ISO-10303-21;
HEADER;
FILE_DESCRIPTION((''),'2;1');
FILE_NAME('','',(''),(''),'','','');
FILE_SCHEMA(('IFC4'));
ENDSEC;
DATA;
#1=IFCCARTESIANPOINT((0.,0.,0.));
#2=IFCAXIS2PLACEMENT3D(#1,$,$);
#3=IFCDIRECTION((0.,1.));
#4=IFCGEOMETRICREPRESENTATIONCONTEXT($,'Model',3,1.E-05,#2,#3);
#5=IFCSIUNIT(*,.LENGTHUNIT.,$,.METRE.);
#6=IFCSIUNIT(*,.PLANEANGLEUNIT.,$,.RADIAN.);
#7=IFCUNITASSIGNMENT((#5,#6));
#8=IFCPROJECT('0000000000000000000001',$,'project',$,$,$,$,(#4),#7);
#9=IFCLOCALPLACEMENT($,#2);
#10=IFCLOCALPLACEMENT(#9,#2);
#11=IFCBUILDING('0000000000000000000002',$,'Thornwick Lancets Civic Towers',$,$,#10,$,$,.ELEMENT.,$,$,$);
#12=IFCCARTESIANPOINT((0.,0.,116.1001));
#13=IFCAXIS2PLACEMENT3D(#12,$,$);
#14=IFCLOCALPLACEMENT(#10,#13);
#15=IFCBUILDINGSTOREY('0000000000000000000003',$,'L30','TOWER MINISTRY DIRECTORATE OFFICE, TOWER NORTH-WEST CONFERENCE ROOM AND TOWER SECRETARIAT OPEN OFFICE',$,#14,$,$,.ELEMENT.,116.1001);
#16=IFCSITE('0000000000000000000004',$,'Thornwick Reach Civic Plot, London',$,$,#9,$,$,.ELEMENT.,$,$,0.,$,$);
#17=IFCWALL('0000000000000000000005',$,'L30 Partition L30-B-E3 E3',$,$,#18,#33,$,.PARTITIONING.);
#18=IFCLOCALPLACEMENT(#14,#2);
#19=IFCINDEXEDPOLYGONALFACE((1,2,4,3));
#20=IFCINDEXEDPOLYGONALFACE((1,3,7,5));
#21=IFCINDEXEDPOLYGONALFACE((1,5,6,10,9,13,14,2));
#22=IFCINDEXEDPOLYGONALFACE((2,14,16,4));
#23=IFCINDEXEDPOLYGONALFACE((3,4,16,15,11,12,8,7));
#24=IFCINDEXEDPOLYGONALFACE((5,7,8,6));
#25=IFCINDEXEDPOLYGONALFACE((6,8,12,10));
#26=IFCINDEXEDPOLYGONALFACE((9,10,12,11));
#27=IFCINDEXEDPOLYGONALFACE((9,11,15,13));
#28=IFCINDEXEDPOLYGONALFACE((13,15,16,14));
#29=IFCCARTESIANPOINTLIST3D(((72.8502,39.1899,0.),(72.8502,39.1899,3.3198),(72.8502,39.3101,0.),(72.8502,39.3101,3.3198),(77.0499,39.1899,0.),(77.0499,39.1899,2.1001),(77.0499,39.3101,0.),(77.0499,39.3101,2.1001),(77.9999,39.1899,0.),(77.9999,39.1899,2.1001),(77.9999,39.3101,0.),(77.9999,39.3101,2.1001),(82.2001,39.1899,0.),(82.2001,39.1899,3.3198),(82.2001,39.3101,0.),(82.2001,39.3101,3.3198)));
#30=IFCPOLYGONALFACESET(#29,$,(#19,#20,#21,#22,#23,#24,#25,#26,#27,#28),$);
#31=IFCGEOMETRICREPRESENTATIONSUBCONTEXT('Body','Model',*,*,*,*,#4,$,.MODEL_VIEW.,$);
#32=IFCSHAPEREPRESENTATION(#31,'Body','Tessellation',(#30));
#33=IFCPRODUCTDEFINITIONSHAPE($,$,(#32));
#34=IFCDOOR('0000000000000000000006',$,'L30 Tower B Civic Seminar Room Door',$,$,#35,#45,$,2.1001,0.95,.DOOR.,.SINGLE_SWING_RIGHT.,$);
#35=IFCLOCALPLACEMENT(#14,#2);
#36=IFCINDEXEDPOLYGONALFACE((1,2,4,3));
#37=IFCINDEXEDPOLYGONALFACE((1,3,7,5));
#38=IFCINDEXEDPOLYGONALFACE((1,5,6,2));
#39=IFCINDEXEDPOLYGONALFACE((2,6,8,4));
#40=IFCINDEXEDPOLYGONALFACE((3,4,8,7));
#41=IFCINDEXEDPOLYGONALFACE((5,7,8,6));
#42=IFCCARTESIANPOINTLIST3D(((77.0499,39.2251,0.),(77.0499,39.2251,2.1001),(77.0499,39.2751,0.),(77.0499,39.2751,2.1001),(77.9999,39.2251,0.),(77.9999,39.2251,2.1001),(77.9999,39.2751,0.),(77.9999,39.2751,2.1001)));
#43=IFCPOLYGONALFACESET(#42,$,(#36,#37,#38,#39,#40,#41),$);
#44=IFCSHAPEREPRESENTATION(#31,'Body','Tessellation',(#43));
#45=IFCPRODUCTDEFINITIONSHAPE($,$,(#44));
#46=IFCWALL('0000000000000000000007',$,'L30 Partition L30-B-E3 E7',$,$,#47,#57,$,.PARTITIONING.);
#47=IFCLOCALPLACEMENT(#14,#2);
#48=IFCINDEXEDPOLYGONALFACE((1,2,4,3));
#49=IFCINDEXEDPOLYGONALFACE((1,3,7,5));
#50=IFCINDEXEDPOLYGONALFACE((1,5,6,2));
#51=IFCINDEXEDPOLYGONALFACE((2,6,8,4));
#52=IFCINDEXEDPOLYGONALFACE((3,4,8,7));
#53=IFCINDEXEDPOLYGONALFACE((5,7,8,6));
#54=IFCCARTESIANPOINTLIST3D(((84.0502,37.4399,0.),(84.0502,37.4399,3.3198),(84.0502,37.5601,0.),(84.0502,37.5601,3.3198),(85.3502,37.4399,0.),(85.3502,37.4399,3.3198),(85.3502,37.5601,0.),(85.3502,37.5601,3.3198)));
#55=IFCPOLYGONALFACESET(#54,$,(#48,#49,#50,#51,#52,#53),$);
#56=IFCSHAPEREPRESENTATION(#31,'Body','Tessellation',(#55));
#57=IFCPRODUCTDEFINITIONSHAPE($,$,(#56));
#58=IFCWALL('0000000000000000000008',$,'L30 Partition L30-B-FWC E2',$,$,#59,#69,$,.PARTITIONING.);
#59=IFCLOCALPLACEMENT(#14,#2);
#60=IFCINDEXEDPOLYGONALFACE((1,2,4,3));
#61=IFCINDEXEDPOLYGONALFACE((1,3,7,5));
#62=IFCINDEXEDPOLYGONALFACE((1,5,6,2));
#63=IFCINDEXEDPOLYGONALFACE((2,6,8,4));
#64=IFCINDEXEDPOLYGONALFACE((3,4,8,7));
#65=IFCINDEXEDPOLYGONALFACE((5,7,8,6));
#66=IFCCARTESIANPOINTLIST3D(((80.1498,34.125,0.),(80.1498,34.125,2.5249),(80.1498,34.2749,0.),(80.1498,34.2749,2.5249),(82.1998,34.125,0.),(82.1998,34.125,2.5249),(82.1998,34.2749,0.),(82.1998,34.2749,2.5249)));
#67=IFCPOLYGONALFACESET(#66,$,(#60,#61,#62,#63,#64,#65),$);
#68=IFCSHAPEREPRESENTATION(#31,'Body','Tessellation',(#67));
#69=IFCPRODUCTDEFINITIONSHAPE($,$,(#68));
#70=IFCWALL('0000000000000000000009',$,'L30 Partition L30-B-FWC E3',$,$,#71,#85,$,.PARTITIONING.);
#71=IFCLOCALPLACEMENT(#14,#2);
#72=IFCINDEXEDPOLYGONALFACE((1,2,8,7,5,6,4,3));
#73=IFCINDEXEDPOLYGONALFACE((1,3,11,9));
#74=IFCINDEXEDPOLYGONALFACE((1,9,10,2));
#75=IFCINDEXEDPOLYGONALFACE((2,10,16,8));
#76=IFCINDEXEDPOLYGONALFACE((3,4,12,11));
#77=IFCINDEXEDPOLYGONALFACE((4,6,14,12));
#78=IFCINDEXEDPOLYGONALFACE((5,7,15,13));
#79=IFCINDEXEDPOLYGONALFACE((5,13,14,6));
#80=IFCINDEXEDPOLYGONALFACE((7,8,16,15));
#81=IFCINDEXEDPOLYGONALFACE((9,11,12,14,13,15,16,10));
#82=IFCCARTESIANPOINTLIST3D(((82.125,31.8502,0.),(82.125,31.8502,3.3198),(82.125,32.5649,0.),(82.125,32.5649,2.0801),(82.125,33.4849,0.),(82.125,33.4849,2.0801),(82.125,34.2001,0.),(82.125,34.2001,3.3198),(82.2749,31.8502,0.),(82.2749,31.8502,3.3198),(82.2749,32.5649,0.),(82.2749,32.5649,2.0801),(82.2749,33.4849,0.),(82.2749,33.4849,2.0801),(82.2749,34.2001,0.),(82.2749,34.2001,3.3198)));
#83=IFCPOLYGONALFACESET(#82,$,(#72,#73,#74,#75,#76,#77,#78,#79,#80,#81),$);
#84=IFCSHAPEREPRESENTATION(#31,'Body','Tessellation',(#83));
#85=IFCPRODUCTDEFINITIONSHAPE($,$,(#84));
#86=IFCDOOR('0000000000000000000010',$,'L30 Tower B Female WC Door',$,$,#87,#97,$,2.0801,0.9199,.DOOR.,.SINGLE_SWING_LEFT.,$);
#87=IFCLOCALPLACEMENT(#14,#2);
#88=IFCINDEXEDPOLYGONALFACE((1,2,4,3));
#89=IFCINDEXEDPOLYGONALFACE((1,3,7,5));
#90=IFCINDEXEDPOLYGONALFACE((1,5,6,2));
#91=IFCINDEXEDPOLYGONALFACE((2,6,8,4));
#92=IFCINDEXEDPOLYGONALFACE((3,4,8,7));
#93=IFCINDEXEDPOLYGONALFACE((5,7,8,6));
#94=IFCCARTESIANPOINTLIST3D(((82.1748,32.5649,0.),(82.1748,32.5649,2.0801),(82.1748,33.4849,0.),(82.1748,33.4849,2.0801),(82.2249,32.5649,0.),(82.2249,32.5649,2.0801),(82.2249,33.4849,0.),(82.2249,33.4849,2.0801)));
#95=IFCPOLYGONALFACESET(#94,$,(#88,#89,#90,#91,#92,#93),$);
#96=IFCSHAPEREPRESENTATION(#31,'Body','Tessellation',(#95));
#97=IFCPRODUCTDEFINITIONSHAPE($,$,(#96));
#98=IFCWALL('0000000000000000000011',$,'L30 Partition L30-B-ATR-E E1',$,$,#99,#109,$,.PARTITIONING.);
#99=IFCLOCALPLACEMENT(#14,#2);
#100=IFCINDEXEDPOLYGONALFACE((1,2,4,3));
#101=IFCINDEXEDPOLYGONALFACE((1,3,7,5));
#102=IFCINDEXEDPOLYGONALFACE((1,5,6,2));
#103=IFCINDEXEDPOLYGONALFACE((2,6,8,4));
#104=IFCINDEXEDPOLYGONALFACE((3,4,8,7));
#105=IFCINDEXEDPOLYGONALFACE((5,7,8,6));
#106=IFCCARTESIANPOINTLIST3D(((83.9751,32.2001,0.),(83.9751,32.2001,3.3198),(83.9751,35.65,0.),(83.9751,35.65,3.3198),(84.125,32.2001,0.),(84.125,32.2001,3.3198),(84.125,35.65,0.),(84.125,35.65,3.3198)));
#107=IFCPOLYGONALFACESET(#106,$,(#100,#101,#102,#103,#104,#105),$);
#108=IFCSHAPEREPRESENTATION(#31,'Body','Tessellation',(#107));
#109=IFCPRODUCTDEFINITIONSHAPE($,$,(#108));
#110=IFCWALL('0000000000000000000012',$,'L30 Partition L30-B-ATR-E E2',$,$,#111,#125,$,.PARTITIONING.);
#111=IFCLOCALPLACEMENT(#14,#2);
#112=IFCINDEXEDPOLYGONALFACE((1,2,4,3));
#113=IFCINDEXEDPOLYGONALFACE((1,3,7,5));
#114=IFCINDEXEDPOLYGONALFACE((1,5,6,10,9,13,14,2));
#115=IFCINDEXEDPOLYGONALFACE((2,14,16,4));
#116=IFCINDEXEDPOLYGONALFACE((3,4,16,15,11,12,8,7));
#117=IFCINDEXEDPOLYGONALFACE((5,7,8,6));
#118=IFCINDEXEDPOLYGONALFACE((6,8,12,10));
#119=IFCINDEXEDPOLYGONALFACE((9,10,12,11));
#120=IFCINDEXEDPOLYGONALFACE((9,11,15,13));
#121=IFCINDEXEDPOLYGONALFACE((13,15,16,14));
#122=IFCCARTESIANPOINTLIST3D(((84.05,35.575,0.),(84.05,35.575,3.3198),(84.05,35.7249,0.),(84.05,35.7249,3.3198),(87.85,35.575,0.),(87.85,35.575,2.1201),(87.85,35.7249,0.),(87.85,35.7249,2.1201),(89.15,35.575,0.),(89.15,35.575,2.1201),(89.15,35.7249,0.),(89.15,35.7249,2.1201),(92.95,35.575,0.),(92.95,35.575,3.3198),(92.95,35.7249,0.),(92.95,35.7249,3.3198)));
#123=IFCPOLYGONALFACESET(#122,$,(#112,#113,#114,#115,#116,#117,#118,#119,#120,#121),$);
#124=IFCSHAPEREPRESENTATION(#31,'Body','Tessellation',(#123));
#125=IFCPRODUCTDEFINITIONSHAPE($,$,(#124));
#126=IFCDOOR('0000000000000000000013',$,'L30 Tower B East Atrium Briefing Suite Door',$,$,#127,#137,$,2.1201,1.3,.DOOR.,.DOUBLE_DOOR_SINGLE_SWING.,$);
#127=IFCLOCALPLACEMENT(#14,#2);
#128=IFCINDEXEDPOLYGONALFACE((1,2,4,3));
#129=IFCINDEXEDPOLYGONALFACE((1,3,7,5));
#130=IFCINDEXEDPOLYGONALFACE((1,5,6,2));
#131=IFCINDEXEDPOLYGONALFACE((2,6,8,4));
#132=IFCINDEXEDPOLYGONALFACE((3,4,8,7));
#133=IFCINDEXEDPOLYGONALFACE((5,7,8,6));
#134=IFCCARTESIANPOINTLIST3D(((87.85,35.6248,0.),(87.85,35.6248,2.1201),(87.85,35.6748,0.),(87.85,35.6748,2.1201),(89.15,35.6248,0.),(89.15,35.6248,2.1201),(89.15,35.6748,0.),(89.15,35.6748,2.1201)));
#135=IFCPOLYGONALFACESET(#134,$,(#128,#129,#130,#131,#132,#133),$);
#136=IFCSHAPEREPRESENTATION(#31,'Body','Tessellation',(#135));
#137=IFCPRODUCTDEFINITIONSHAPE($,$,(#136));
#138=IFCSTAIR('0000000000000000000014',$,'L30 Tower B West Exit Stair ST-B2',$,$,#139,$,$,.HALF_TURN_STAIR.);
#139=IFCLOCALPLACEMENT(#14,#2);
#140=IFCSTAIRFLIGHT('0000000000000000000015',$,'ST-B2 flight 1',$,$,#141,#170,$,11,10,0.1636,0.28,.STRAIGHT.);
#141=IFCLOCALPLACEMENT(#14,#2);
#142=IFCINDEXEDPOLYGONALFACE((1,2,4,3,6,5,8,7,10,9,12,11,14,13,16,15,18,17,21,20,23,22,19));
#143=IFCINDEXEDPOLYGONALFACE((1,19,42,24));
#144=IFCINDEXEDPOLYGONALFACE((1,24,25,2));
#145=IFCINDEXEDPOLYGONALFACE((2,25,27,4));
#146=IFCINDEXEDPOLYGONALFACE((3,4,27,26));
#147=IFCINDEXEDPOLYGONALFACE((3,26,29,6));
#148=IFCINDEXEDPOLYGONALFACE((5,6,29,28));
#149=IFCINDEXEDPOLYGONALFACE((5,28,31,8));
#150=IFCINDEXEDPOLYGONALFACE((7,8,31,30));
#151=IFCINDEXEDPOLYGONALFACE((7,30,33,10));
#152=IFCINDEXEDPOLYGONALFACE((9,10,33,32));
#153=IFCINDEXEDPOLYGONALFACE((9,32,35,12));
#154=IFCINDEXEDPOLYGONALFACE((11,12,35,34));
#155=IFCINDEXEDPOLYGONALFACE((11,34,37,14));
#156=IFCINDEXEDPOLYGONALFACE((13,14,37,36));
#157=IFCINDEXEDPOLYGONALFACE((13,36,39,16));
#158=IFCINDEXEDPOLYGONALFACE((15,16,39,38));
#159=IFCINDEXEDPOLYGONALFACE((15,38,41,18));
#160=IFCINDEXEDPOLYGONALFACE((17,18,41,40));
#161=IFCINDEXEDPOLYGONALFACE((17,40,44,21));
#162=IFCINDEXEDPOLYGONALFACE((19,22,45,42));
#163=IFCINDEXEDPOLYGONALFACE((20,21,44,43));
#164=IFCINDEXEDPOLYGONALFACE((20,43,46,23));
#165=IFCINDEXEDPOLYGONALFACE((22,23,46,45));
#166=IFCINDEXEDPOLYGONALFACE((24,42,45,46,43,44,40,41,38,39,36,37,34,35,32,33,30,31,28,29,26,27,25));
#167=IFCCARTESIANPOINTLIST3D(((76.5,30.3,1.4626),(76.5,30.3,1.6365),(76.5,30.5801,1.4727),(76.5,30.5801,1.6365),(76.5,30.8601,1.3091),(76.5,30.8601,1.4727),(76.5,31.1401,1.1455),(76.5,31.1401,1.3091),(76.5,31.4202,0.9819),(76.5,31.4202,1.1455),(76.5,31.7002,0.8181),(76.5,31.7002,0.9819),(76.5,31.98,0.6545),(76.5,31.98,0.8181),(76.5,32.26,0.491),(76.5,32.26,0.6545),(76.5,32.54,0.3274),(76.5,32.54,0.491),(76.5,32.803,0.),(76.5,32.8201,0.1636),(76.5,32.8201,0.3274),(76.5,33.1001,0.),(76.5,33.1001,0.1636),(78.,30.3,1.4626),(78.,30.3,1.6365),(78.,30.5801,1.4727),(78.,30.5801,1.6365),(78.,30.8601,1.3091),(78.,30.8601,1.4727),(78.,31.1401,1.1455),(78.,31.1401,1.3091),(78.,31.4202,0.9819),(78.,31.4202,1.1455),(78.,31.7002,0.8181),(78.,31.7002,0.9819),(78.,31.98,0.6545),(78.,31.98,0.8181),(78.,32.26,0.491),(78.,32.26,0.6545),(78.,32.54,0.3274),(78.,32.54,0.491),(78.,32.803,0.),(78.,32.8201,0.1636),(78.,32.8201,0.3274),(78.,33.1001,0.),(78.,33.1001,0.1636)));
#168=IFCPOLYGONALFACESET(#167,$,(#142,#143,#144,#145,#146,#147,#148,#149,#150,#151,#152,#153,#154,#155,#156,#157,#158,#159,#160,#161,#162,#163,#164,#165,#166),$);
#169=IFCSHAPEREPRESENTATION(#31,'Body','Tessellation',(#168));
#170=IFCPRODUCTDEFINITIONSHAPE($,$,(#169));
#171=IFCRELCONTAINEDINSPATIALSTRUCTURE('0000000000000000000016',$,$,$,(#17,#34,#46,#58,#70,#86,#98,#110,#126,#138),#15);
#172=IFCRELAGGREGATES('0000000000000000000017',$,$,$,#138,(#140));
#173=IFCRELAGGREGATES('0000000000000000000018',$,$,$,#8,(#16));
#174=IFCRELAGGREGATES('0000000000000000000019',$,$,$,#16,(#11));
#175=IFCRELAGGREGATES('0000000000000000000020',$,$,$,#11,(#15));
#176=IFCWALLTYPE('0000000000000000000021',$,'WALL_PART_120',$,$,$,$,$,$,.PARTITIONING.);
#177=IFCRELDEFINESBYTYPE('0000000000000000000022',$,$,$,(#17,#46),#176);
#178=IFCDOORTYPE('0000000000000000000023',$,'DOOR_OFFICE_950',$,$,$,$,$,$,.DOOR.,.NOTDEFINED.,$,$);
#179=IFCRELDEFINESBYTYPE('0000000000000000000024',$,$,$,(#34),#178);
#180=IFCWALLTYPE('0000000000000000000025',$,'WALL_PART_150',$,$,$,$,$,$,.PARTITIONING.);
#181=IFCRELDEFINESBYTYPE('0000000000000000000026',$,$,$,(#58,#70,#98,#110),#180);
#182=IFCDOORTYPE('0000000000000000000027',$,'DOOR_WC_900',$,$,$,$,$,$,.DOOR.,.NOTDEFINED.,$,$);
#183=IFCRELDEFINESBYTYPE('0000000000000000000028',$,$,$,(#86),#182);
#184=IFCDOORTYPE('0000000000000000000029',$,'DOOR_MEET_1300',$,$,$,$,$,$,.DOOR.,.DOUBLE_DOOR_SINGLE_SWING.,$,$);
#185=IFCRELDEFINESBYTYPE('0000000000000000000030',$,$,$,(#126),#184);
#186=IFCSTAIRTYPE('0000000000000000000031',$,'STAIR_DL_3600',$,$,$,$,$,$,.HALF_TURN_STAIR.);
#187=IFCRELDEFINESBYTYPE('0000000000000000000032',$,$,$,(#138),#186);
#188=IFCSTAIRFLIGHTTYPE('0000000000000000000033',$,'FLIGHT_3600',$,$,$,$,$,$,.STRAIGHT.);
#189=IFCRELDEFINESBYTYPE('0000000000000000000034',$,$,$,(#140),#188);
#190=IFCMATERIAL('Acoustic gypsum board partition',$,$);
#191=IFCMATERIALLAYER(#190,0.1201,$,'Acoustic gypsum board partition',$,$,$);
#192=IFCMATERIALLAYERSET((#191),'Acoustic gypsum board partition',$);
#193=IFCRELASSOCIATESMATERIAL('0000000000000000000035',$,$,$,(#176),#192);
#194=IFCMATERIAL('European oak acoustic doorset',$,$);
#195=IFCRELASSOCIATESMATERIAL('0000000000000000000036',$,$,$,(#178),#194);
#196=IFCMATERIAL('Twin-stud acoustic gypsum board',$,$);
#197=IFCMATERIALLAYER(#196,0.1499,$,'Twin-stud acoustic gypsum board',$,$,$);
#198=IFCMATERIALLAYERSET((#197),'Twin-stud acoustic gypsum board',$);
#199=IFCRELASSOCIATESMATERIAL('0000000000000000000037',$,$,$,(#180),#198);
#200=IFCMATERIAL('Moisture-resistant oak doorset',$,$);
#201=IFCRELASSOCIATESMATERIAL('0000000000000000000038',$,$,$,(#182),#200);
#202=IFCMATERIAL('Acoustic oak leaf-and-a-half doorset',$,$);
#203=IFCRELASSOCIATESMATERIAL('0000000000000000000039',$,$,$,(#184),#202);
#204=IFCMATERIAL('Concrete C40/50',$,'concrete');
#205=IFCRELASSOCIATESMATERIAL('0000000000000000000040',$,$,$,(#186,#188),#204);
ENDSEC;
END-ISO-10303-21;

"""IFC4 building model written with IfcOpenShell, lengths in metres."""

from ifc_helpers import new_model, si_unit, direction, frame, frame_2d, origin, place, context, subcontext, project, spatial, polyline, rectangle, outline, extrude, material, layer, layer_set, type_object, element, fill, aggregate, save


model = new_model("IFC4")

# Units and contexts
model_context = context("Model", 3, precision=1e-05, world=origin(), true_north=direction((0.0, 1.0)))
body_context = subcontext(model_context, "Body", "Model", "MODEL_VIEW")
ifc_project = project(units=[si_unit("LENGTHUNIT", "METRE"), si_unit("PLANEANGLEUNIT", "RADIAN")], contexts=[model_context])

# Site, building, storey
site_placement = place(None, origin())
site = spatial("IfcSite", under=ifc_project, at=site_placement, Name="Thornwick Reach Civic Plot, London", CompositionType="ELEMENT", RefElevation=0.0)
building_placement = place(site_placement, origin())
building = spatial("IfcBuilding", under=site, at=building_placement, Name="Thornwick Lancets Civic Towers", CompositionType="ELEMENT")
storey_placement = place(building_placement, frame((0.0, 0.0, 116.1001)))
storey = spatial("IfcBuildingStorey", under=building, at=storey_placement, Name="L30", Description="TOWER MINISTRY DIRECTORATE OFFICE, TOWER NORTH-WEST CONFERENCE ROOM AND TOWER SECRETARIAT OPEN OFFICE", CompositionType="ELEMENT", Elevation=116.1001)

# Shared definitions
ifc_material_1 = material(Name="Acoustic gypsum board partition")
ifc_layer_1 = layer(ifc_material_1, 0.1201, Name="Acoustic gypsum board partition")
ifc_layer_set_1 = layer_set([ifc_layer_1], Name="Acoustic gypsum board partition")
wall_type_1 = type_object("IfcWallType", Name="WALL_PART_120", PredefinedType="PARTITIONING", material=ifc_layer_set_1)

# Wall, opening, door
wall_1_placement = place(storey_placement, frame((82.2, 39.25, 0.0), z_axis=(0.0, 0.0, 1.0), x_axis=(-1.0, 0.0, 0.0)))
wall_1 = element("IfcWall", 1, at=wall_1_placement, inside=storey, type_object=wall_type_1, Name="L30 Partition L30-B-E3 E3", PredefinedType="PARTITIONING", context=body_context, shape_type="SweptSolid", body=[
    extrude(rectangle(XDim=9.3499, YDim=0.1201, at=frame_2d((4.6748, 0.0))), origin(), (0.0, 0.0, 1.0), 3.3198),
])
opening_1_placement = place(wall_1_placement, frame((4.2, 0.0, 0.0)))
opening_1 = element("IfcOpeningElement", 2, at=opening_1_placement, cuts=wall_1, PredefinedType="OPENING", context=body_context, shape_type="SweptSolid", body=[
    extrude(rectangle(XDim=0.95, YDim=2.1001, at=frame_2d((0.4751, 1.05))), frame((0.0, 0.0701, 0.0), z_axis=(0.0, -1.0, 0.0), x_axis=(1.0, 0.0, 0.0)), (0.0, 0.0, 1.0), 0.1401),
])
ifc_material_2 = material(Name="European oak acoustic doorset")
door_type_1 = type_object("IfcDoorType", Name="DOOR_OFFICE_950", OperationType="NOTDEFINED", PredefinedType="DOOR", material=ifc_material_2)
door_1_placement = place(opening_1_placement, origin())
door_1 = element("IfcDoor", 3, at=door_1_placement, inside=storey, type_object=door_type_1, Name="L30 Tower B Civic Seminar Room Door", OperationType="SINGLE_SWING_RIGHT", OverallHeight=2.1001, OverallWidth=0.95, PredefinedType="DOOR", context=body_context, shape_type="SweptSolid", body=[
    extrude(rectangle(XDim=0.95, YDim=2.1001, at=frame_2d((0.4751, 1.05))), frame((0.0, 0.0249, 0.0), z_axis=(0.0, -1.0, 0.0), x_axis=(1.0, 0.0, 0.0)), (0.0, 0.0, 1.0), 0.05),
])
fill(opening_1, door_1)

# Walls
wall_2_placement = place(storey_placement, frame((85.3501, 37.5, 0.0), z_axis=(0.0, 0.0, 1.0), x_axis=(-1.0, 0.0, 0.0)))
element("IfcWall", 4, at=wall_2_placement, inside=storey, type_object=wall_type_1, Name="L30 Partition L30-B-E3 E7", PredefinedType="PARTITIONING", context=body_context, shape_type="SweptSolid", body=[
    extrude(rectangle(XDim=1.3, YDim=0.1201, at=frame_2d((0.6499, 0.0))), origin(), (0.0, 0.0, 1.0), 3.3198),
])
ifc_material_3 = material(Name="Twin-stud acoustic gypsum board")
ifc_layer_2 = layer(ifc_material_3, 0.1499, Name="Twin-stud acoustic gypsum board")
ifc_layer_set_2 = layer_set([ifc_layer_2], Name="Twin-stud acoustic gypsum board")
wall_type_2 = type_object("IfcWallType", Name="WALL_PART_150", PredefinedType="PARTITIONING", material=ifc_layer_set_2)
wall_3_placement = place(storey_placement, frame((80.1499, 34.2, 0.0), z_axis=(0.0, 0.0, 1.0), x_axis=(1.0, 0.0, 0.0)))
element("IfcWall", 5, at=wall_3_placement, inside=storey, type_object=wall_type_2, Name="L30 Partition L30-B-FWC E2", PredefinedType="PARTITIONING", context=body_context, shape_type="SweptSolid", body=[
    extrude(rectangle(XDim=2.05, YDim=0.1499, at=frame_2d((1.0249, 0.0))), origin(), (0.0, 0.0, 1.0), 2.5249),
])

# Wall, opening, door
wall_4_placement = place(storey_placement, frame((82.2, 34.2, 0.0), z_axis=(0.0, 0.0, 1.0), x_axis=(0.0, -1.0, 0.0)))
wall_4 = element("IfcWall", 6, at=wall_4_placement, inside=storey, type_object=wall_type_2, Name="L30 Partition L30-B-FWC E3", PredefinedType="PARTITIONING", context=body_context, shape_type="SweptSolid", body=[
    extrude(rectangle(XDim=2.3499, YDim=0.1499, at=frame_2d((1.1748, 0.0))), origin(), (0.0, 0.0, 1.0), 3.3198),
])
opening_2_placement = place(wall_4_placement, frame((0.7151, 0.0, 0.0)))
opening_2 = element("IfcOpeningElement", 7, at=opening_2_placement, cuts=wall_4, PredefinedType="OPENING", context=body_context, shape_type="SweptSolid", body=[
    extrude(rectangle(XDim=0.9199, YDim=2.0801, at=frame_2d((0.46, 1.04))), frame((0.0, 0.085, 0.0), z_axis=(0.0, -1.0, 0.0), x_axis=(1.0, 0.0, 0.0)), (0.0, 0.0, 1.0), 0.1699),
])
ifc_material_4 = material(Name="Moisture-resistant oak doorset")
door_type_2 = type_object("IfcDoorType", Name="DOOR_WC_900", OperationType="NOTDEFINED", PredefinedType="DOOR", material=ifc_material_4)
door_2_placement = place(opening_2_placement, origin())
door_2 = element("IfcDoor", 8, at=door_2_placement, inside=storey, type_object=door_type_2, Name="L30 Tower B Female WC Door", OperationType="SINGLE_SWING_LEFT", OverallHeight=2.0801, OverallWidth=0.9199, PredefinedType="DOOR", context=body_context, shape_type="SweptSolid", body=[
    extrude(rectangle(XDim=0.9199, YDim=2.0801, at=frame_2d((0.46, 1.04))), frame((0.0, 0.0249, 0.0), z_axis=(0.0, -1.0, 0.0), x_axis=(1.0, 0.0, 0.0)), (0.0, 0.0, 1.0), 0.05),
])
fill(opening_2, door_2)

# Wall
wall_5_placement = place(storey_placement, frame((84.05, 32.2, 0.0), z_axis=(0.0, 0.0, 1.0), x_axis=(0.0, 1.0, 0.0)))
element("IfcWall", 9, at=wall_5_placement, inside=storey, type_object=wall_type_2, Name="L30 Partition L30-B-ATR-E E1", PredefinedType="PARTITIONING", context=body_context, shape_type="SweptSolid", body=[
    extrude(rectangle(XDim=3.45, YDim=0.1499, at=frame_2d((1.7251, 0.0))), origin(), (0.0, 0.0, 1.0), 3.3198),
])

# Wall, opening, door
wall_6_placement = place(storey_placement, frame((84.05, 35.6499, 0.0), z_axis=(0.0, 0.0, 1.0), x_axis=(1.0, 0.0, 0.0)))
wall_6 = element("IfcWall", 10, at=wall_6_placement, inside=storey, type_object=wall_type_2, Name="L30 Partition L30-B-ATR-E E2", PredefinedType="PARTITIONING", context=body_context, shape_type="SweptSolid", body=[
    extrude(rectangle(XDim=8.8999, YDim=0.1499, at=frame_2d((4.45, 0.0))), origin(), (0.0, 0.0, 1.0), 3.3198),
])
opening_3_placement = place(wall_6_placement, frame((3.8, 0.0, 0.0)))
opening_3 = element("IfcOpeningElement", 11, at=opening_3_placement, cuts=wall_6, PredefinedType="OPENING", context=body_context, shape_type="SweptSolid", body=[
    extrude(rectangle(XDim=1.3, YDim=2.1201, at=frame_2d((0.6499, 1.0601))), frame((0.0, 0.085, 0.0), z_axis=(0.0, -1.0, 0.0), x_axis=(1.0, 0.0, 0.0)), (0.0, 0.0, 1.0), 0.1699),
])
ifc_material_5 = material(Name="Acoustic oak leaf-and-a-half doorset")
door_type_3 = type_object("IfcDoorType", Name="DOOR_MEET_1300", OperationType="DOUBLE_DOOR_SINGLE_SWING", PredefinedType="DOOR", material=ifc_material_5)
door_3_placement = place(opening_3_placement, origin())
door_3 = element("IfcDoor", 12, at=door_3_placement, inside=storey, type_object=door_type_3, Name="L30 Tower B East Atrium Briefing Suite Door", OperationType="DOUBLE_DOOR_SINGLE_SWING", OverallHeight=2.1201, OverallWidth=1.3, PredefinedType="DOOR", context=body_context, shape_type="SweptSolid", body=[
    extrude(rectangle(XDim=1.3, YDim=2.1201, at=frame_2d((0.6499, 1.0601))), frame((0.0, 0.0249, 0.0), z_axis=(0.0, -1.0, 0.0), x_axis=(1.0, 0.0, 0.0)), (0.0, 0.0, 1.0), 0.05),
])
fill(opening_3, door_3)

# Stair, stair flight
ifc_material_6 = material(Name="Concrete C40/50", Category="concrete")
stair_type = type_object("IfcStairType", Name="STAIR_DL_3600", PredefinedType="HALF_TURN_STAIR", material=ifc_material_6)
stair_placement = place(storey_placement, origin())
stair = element("IfcStair", 13, at=stair_placement, inside=storey, type_object=stair_type, Name="L30 Tower B West Exit Stair ST-B2", PredefinedType="HALF_TURN_STAIR")
stair_flight_type = type_object("IfcStairFlightType", Name="FLIGHT_3600", PredefinedType="STRAIGHT", material=ifc_material_6)
stair_flight_placement = place(storey_placement, frame((77.25, 33.1001, 0.0), z_axis=(0.0, 0.0, 1.0), x_axis=(0.0, -1.0, 0.0)))
stair_flight = element("IfcStairFlight", 14, at=stair_flight_placement, type_object=stair_flight_type, Name="ST-B2 flight 1", NumberOfRisers=11, NumberOfTreads=10, PredefinedType="STRAIGHT", RiserHeight=0.1636, TreadLength=0.28, context=body_context, shape_type="SweptSolid", body=[
    extrude(outline(polyline([(0.0, 0.0), (0.0, 0.1636), (0.28, 0.1636), (0.28, 0.3274), (0.5601, 0.3274), (0.5601, 0.491), (0.8401, 0.491), (0.8401, 0.6545), (1.1201, 0.6545), (1.1201, 0.8181), (1.3999, 0.8181), (1.3999, 0.9819), (1.6799, 0.9819), (1.6799, 1.1455), (1.96, 1.1455), (1.96, 1.3091), (2.24, 1.3091), (2.24, 1.4727), (2.52, 1.4727), (2.52, 1.6365), (2.8, 1.6365), (2.8, 1.8), (2.8, 1.4626), (0.2971, 0.0), (0.0, 0.0)])), frame((0.0, 0.75, 0.0), z_axis=(0.0, -1.0, 0.0), x_axis=(1.0, 0.0, 0.0)), (0.0, 0.0, 1.0), 1.5),
])
aggregate(stair, [stair_flight])

save(model, "model.ifc")
